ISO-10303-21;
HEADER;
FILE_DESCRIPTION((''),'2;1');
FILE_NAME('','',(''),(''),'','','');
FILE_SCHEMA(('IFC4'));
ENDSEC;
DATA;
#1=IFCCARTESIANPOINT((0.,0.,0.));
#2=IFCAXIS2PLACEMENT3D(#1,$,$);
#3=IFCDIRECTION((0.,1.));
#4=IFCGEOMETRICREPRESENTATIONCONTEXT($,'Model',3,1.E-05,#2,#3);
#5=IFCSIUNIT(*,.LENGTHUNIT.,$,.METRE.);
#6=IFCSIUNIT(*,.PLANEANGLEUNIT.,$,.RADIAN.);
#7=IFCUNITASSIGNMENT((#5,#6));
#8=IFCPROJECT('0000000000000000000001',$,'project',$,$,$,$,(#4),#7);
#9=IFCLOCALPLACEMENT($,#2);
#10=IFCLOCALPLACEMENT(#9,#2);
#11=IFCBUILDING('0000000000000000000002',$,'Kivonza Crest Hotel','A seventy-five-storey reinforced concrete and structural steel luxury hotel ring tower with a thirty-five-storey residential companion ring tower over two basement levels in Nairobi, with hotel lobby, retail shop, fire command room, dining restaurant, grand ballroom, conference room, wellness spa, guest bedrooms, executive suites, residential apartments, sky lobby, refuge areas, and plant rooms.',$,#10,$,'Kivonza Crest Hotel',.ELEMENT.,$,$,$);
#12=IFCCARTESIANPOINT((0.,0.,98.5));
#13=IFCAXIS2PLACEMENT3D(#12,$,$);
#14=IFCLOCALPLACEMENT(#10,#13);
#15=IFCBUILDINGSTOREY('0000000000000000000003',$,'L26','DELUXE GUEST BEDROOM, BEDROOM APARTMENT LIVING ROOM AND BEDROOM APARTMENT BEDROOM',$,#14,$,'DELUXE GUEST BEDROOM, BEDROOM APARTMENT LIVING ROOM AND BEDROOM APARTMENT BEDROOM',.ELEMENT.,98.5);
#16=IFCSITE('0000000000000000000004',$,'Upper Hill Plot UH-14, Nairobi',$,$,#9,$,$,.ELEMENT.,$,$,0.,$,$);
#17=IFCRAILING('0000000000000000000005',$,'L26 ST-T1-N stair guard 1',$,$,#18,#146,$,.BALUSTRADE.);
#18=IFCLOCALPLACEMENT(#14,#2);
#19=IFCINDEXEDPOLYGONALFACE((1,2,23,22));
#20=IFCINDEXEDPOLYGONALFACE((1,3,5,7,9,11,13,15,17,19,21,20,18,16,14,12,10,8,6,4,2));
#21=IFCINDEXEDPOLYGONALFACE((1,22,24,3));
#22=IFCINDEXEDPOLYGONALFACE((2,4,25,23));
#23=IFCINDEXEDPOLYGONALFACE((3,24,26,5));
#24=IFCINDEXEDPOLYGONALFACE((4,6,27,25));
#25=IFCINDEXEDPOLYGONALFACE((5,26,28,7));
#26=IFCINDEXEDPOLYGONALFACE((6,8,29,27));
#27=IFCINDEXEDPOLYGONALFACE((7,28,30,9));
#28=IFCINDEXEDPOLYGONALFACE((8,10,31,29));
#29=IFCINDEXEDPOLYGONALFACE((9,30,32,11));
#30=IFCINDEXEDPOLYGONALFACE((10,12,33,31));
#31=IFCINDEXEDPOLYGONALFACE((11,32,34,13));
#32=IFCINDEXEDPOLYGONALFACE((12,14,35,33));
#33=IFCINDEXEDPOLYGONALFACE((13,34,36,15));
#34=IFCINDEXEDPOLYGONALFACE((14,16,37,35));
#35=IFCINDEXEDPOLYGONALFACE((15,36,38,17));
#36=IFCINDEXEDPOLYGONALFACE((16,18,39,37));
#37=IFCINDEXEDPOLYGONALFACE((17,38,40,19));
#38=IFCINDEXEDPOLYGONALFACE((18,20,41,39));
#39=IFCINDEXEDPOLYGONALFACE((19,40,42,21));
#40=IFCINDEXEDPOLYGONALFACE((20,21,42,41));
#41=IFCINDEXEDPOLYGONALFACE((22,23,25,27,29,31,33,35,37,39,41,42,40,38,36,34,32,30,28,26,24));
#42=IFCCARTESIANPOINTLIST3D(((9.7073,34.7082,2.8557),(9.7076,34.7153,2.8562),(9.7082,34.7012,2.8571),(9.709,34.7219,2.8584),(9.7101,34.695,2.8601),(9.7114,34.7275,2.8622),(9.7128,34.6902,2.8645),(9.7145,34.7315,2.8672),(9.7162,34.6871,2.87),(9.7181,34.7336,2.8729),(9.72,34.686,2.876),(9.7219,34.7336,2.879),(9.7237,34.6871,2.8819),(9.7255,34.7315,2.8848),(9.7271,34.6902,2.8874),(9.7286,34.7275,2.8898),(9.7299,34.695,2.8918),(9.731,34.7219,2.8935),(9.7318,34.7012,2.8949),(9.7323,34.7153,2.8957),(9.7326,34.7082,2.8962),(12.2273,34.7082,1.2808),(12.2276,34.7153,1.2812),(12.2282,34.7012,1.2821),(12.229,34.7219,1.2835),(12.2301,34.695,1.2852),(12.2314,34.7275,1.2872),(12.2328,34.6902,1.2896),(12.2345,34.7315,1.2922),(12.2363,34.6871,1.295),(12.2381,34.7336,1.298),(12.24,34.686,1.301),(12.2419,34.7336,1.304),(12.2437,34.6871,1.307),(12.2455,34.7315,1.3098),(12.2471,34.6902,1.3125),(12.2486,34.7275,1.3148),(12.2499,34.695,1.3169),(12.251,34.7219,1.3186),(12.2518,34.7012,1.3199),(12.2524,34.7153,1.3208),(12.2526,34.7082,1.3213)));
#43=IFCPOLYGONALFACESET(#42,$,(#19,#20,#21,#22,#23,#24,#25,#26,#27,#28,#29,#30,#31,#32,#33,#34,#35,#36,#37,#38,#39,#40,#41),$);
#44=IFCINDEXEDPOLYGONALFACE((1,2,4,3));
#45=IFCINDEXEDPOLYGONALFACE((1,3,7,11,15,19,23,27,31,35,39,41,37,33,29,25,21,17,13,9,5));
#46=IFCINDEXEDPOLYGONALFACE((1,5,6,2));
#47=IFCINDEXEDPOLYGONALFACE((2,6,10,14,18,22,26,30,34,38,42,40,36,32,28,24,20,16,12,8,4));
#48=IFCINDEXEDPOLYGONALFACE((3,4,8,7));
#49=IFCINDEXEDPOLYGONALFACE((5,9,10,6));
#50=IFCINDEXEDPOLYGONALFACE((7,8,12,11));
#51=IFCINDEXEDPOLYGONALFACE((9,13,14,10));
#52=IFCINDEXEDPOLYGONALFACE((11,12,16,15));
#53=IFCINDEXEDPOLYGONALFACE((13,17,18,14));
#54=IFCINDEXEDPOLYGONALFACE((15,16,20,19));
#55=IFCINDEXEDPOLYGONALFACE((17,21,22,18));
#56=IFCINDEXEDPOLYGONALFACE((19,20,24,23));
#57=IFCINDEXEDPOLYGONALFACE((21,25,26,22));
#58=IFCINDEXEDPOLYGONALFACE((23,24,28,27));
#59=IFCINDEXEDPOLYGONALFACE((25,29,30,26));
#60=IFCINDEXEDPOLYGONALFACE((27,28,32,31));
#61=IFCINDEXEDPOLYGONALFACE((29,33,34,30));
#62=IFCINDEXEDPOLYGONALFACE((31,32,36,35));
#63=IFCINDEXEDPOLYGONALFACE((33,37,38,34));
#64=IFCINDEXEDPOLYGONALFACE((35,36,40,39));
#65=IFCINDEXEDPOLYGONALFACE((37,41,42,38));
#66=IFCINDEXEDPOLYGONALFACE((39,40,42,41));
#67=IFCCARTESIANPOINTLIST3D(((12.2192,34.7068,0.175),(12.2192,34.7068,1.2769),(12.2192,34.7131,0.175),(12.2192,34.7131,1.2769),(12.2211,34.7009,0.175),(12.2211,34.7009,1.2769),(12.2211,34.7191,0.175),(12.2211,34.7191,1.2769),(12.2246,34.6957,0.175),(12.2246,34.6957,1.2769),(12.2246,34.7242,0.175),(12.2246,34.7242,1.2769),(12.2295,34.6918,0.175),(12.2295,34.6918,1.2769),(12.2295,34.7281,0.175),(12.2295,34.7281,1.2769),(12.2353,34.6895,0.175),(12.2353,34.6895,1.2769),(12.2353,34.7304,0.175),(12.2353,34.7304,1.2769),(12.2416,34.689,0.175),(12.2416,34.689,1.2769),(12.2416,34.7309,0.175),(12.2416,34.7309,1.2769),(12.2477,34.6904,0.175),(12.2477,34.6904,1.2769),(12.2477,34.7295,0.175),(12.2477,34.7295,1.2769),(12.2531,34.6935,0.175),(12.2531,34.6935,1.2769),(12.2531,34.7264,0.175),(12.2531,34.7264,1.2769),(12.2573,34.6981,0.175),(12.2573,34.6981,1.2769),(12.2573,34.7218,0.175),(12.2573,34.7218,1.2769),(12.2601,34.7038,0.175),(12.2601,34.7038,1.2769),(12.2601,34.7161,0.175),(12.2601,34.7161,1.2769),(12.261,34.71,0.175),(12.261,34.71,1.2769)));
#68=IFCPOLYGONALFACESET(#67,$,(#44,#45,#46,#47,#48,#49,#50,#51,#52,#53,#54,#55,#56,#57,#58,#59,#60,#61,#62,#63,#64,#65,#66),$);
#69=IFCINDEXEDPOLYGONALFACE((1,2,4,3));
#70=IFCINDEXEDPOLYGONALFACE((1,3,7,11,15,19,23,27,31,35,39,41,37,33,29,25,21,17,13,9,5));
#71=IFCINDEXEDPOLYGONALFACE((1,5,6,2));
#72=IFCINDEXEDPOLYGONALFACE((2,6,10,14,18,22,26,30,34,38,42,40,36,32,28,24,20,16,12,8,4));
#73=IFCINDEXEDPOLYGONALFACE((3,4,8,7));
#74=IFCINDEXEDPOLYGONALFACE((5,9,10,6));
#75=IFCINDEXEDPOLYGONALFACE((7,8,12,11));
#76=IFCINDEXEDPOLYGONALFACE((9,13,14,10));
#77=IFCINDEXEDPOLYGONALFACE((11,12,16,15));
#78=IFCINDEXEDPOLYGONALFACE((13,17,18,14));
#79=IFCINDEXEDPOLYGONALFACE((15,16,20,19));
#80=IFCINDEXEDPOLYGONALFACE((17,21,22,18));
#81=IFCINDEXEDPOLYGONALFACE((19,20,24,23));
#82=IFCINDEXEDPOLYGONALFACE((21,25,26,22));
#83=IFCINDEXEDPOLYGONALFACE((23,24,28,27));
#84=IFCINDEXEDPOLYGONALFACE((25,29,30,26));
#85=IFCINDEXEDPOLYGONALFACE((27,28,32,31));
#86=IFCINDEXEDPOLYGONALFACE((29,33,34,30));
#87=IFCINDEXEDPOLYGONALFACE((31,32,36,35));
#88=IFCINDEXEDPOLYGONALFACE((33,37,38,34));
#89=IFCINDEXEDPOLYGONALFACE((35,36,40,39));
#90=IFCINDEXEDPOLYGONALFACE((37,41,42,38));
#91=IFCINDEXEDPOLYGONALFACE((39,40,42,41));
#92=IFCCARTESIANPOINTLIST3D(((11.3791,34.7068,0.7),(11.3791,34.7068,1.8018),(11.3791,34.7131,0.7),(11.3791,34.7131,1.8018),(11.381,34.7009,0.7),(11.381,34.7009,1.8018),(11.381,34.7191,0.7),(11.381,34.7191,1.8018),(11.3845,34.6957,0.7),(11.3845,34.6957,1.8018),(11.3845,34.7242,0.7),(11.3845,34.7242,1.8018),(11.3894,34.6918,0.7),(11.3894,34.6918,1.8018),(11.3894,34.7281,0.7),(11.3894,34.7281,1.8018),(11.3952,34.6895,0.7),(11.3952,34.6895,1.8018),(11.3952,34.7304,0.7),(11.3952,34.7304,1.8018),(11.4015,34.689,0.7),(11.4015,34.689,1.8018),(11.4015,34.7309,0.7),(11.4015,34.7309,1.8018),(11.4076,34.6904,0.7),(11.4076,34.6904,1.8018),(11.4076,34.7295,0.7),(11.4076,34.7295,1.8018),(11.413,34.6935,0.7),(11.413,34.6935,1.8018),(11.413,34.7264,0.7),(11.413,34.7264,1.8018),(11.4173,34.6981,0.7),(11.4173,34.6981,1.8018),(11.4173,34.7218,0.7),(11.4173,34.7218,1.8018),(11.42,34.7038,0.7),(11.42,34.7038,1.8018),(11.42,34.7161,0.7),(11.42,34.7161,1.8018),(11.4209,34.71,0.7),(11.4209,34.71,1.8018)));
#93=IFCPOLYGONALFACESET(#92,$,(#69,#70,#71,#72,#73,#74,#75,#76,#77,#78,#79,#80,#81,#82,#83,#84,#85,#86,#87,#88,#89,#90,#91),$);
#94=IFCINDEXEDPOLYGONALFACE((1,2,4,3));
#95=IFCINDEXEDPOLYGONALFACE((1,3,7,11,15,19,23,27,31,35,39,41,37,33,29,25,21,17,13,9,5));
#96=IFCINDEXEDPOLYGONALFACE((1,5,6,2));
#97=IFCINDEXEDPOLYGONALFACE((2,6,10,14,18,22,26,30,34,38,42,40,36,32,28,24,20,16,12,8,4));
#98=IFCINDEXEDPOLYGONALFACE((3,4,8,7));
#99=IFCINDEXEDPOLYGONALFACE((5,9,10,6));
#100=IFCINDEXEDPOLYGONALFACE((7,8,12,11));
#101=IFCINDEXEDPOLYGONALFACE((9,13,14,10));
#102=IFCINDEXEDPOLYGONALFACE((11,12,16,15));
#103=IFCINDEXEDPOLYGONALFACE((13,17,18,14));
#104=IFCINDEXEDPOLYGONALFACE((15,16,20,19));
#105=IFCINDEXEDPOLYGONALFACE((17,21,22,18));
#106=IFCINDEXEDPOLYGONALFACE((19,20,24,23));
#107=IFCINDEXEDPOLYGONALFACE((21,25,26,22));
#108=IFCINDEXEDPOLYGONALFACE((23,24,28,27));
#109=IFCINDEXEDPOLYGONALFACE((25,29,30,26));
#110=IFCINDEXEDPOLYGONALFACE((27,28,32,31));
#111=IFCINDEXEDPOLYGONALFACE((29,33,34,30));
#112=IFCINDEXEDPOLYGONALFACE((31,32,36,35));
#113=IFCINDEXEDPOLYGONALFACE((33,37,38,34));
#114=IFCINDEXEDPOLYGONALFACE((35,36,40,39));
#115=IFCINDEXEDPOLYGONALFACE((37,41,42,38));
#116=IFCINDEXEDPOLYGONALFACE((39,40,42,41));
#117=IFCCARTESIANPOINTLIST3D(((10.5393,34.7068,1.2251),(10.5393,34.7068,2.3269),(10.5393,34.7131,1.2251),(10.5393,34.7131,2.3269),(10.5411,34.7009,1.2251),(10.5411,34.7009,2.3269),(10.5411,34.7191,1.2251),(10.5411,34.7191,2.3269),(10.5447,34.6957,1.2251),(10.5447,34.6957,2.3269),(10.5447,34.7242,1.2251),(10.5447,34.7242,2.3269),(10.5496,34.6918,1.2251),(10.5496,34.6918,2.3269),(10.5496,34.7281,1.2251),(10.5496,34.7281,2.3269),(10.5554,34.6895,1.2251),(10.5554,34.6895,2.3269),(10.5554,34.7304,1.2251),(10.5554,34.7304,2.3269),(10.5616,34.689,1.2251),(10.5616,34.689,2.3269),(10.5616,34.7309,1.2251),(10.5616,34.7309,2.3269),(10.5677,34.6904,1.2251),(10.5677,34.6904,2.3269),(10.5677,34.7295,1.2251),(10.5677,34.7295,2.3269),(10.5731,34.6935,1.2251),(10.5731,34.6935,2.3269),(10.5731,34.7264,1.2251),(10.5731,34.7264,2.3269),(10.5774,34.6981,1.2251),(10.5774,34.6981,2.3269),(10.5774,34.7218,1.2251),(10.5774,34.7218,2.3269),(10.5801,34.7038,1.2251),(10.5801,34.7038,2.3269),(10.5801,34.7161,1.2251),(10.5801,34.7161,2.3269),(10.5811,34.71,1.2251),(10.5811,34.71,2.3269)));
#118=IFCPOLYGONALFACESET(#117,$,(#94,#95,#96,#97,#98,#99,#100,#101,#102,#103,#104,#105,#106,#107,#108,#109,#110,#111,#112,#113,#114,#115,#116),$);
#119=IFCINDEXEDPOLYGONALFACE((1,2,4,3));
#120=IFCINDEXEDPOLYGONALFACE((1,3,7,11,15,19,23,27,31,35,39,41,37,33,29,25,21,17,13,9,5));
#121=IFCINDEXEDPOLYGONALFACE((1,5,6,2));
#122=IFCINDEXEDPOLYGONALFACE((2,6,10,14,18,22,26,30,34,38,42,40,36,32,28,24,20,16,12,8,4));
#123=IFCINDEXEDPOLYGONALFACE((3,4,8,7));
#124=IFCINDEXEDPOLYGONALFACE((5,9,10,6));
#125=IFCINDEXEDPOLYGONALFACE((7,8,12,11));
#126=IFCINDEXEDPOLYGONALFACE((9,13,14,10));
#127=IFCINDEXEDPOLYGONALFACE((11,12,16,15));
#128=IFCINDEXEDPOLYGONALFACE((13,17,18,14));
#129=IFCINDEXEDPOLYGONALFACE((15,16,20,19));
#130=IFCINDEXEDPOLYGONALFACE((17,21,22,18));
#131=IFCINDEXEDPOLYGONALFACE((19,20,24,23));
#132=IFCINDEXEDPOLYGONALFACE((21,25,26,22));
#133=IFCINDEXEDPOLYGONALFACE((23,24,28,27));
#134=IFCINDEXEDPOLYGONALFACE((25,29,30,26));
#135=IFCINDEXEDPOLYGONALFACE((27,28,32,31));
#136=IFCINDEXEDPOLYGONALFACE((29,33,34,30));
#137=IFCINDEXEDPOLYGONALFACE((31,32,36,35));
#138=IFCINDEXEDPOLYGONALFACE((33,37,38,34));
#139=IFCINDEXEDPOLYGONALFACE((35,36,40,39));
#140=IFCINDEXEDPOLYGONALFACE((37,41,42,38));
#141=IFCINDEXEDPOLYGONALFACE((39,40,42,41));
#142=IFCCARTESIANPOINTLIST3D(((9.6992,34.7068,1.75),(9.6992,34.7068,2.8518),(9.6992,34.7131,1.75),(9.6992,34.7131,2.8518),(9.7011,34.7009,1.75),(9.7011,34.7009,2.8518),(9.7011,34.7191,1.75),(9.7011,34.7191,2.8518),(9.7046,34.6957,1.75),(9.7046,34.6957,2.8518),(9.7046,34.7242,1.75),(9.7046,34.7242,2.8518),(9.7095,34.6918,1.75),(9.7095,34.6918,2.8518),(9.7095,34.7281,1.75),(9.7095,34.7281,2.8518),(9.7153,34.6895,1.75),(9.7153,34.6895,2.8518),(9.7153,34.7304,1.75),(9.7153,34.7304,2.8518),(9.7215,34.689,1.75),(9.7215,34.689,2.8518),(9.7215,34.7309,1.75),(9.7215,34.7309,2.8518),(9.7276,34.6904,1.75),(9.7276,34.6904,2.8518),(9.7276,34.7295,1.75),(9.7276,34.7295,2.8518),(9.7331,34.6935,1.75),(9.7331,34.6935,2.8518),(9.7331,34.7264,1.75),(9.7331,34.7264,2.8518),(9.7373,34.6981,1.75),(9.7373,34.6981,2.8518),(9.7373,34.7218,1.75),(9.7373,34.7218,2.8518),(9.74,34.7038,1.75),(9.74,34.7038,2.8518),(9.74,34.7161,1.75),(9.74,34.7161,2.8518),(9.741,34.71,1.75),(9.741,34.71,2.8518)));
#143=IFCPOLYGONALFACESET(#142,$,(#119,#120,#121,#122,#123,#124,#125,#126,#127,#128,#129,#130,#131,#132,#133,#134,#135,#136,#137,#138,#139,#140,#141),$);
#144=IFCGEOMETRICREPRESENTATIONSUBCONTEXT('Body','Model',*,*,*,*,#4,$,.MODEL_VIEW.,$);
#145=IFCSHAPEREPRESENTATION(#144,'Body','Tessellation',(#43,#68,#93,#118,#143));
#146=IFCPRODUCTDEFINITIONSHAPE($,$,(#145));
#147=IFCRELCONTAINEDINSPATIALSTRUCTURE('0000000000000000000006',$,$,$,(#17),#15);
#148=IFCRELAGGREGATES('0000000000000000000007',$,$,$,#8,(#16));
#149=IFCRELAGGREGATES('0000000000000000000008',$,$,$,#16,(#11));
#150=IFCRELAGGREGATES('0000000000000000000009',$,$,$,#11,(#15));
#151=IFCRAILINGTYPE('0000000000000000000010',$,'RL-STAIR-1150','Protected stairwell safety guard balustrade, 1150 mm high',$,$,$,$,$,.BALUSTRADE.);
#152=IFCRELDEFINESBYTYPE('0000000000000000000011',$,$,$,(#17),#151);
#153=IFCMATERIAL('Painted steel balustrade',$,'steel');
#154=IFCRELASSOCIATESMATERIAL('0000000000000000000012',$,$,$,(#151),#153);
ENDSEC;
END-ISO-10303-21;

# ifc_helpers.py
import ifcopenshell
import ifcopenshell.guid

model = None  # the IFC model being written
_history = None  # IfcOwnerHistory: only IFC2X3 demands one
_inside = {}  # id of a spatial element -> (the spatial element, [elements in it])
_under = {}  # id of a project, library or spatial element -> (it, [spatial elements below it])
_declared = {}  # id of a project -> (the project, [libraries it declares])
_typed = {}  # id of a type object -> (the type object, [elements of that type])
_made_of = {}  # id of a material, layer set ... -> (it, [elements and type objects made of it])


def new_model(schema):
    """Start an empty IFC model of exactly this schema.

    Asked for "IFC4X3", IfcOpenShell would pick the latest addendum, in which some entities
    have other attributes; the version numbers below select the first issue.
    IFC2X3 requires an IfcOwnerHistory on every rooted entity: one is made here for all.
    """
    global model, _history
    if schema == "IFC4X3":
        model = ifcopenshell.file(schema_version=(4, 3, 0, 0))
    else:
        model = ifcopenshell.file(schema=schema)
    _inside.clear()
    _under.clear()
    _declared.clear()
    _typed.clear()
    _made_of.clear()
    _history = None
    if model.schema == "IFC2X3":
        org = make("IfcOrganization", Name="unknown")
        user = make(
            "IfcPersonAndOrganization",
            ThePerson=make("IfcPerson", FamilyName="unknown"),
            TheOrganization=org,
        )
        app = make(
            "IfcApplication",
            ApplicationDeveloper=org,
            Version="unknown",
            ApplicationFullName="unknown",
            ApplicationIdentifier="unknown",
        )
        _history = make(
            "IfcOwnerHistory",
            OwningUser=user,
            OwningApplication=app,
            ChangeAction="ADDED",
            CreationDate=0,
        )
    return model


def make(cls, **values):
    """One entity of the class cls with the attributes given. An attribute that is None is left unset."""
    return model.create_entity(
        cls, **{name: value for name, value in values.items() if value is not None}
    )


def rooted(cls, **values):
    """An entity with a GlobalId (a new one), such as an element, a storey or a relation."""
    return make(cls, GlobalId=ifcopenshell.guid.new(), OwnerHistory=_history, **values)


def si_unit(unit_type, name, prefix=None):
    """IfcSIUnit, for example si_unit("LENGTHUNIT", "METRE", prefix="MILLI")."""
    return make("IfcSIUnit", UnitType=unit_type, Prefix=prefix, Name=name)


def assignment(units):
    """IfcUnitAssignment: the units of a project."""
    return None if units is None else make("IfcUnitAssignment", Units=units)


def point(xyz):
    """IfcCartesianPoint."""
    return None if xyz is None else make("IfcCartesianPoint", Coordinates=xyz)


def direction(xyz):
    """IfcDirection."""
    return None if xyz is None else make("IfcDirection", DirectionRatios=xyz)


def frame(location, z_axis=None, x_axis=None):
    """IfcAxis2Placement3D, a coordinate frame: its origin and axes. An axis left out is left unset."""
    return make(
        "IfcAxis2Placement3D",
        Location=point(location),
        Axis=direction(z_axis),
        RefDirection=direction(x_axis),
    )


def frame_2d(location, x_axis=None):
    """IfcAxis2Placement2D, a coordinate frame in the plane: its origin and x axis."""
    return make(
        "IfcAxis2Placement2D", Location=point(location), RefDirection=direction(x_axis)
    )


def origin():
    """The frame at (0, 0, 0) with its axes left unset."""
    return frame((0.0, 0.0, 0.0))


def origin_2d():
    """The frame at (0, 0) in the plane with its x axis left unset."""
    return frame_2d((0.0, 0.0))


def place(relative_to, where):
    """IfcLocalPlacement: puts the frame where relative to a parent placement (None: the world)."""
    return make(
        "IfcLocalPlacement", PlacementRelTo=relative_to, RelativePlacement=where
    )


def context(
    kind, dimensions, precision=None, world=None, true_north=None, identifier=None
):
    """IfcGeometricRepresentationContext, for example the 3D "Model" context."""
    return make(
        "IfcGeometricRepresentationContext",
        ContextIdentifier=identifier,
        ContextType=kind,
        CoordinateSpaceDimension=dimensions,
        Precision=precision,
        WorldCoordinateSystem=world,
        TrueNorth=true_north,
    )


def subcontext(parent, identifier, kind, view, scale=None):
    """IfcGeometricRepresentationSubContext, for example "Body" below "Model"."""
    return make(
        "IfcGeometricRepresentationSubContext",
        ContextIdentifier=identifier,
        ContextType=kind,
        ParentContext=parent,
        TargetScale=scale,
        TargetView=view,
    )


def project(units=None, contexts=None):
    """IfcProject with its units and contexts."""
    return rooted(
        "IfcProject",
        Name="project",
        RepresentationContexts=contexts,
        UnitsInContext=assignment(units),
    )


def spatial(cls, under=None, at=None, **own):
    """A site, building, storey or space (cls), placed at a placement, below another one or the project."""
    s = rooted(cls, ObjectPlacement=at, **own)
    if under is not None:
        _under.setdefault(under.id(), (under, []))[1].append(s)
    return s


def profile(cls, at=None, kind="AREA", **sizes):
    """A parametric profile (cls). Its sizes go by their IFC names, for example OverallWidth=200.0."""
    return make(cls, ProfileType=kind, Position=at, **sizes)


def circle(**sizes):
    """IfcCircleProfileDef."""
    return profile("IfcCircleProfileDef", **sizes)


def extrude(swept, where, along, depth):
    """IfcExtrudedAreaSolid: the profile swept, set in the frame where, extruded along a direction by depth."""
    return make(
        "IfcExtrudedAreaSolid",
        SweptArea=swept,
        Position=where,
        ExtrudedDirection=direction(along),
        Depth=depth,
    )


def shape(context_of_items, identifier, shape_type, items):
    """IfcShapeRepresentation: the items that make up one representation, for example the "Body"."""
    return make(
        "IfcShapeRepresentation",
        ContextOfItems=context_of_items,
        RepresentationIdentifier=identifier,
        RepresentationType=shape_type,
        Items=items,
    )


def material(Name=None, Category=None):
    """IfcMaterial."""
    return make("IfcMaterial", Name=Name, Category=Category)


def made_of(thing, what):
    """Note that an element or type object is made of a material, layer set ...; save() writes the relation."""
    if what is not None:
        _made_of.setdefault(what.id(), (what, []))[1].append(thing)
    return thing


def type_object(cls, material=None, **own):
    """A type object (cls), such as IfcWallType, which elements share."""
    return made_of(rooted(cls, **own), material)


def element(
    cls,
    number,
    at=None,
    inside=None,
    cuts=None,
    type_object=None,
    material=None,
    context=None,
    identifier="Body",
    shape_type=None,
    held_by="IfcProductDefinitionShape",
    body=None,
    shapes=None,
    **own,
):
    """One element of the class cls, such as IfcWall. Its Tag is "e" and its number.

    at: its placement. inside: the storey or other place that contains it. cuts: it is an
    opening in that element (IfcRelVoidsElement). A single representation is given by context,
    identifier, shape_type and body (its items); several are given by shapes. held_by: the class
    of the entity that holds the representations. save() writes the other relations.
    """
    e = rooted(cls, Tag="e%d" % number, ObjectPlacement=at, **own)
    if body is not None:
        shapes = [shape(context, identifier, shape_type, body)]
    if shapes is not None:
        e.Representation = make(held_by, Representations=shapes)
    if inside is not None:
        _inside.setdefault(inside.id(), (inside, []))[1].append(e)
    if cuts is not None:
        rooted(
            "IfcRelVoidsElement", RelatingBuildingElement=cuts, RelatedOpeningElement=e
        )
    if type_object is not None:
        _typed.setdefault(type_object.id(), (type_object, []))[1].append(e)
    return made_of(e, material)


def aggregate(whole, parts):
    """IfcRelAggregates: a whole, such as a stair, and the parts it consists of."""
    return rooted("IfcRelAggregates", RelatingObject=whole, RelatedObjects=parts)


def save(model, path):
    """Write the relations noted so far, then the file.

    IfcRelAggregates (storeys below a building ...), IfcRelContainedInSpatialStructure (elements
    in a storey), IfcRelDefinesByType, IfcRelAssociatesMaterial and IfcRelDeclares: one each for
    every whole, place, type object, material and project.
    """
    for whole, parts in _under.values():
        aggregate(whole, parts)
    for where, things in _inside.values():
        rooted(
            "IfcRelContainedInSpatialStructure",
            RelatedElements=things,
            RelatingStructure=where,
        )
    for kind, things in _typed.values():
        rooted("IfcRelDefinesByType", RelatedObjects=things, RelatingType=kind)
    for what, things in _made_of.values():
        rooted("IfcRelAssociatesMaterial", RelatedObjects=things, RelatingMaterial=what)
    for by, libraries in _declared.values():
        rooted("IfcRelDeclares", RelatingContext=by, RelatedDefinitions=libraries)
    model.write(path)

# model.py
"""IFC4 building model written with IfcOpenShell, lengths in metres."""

from ifc_helpers import new_model, si_unit, direction, frame, origin, origin_2d, place, context, subcontext, project, spatial, circle, extrude, material, type_object, element, save


model = new_model("IFC4")

# Units and contexts
model_context = context("Model", 3, precision=1e-05, world=origin(), true_north=direction((0.0, 1.0)))
body_context = subcontext(model_context, "Body", "Model", "MODEL_VIEW")
ifc_project = project(units=[si_unit("LENGTHUNIT", "METRE"), si_unit("PLANEANGLEUNIT", "RADIAN")], contexts=[model_context])

# Site, building, storey
site_placement = place(None, origin())
site = spatial("IfcSite", under=ifc_project, at=site_placement, Name="Upper Hill Plot UH-14, Nairobi", CompositionType="ELEMENT", RefElevation=0.0)
building_placement = place(site_placement, origin())
building = spatial("IfcBuilding", under=site, at=building_placement, Name="Kivonza Crest Hotel", Description="A seventy-five-storey reinforced concrete and structural steel luxury hotel ring tower with a thirty-five-storey residential companion ring tower over two basement levels in Nairobi, with hotel lobby, retail shop, fire command room, dining restaurant, grand ballroom, conference room, wellness spa, guest bedrooms, executive suites, residential apartments, sky lobby, refuge areas, and plant rooms.", LongName="Kivonza Crest Hotel", CompositionType="ELEMENT")
storey_placement = place(building_placement, frame((0.0, 0.0, 98.5)))
storey = spatial("IfcBuildingStorey", under=building, at=storey_placement, Name="L26", Description="DELUXE GUEST BEDROOM, BEDROOM APARTMENT LIVING ROOM AND BEDROOM APARTMENT BEDROOM", LongName="DELUXE GUEST BEDROOM, BEDROOM APARTMENT LIVING ROOM AND BEDROOM APARTMENT BEDROOM", CompositionType="ELEMENT", Elevation=98.5)

# Railing
ifc_material_1 = material(Name="Painted steel balustrade", Category="steel")
railing_type_1 = type_object("IfcRailingType", Name="RL-STAIR-1150", Description="Protected stairwell safety guard balustrade, 1150 mm high", PredefinedType="BALUSTRADE", material=ifc_material_1)
railing_1_placement = place(storey_placement, frame((12.24, 34.71, 0.175)))
element("IfcRailing", 1, at=railing_1_placement, inside=storey, type_object=railing_type_1, Name="L26 ST-T1-N stair guard 1", PredefinedType="BALUSTRADE", context=body_context, shape_type="SweptSolid", body=[
    extrude(circle(Radius=0.0239, at=origin_2d()), frame((0.0, 0.0, 1.126), z_axis=(-0.848008, 0.0, 0.529984), x_axis=(0.0, -1.0, 0.0)), (0.0, 0.0, 1.0), 2.9717),
    extrude(circle(Radius=0.021, at=origin_2d()), origin(), (0.0, 0.0, 1.0), 1.1018),
    extrude(circle(Radius=0.021, at=origin_2d()), frame((-0.8401, 0.0, 0.5249)), (0.0, 0.0, 1.0), 1.1018),
    extrude(circle(Radius=0.021, at=origin_2d()), frame((-1.6799, 0.0, 1.05)), (0.0, 0.0, 1.0), 1.1018),
    extrude(circle(Radius=0.021, at=origin_2d()), frame((-2.52, 0.0, 1.575)), (0.0, 0.0, 1.0), 1.1018),
])

save(model, "model.ifc")
